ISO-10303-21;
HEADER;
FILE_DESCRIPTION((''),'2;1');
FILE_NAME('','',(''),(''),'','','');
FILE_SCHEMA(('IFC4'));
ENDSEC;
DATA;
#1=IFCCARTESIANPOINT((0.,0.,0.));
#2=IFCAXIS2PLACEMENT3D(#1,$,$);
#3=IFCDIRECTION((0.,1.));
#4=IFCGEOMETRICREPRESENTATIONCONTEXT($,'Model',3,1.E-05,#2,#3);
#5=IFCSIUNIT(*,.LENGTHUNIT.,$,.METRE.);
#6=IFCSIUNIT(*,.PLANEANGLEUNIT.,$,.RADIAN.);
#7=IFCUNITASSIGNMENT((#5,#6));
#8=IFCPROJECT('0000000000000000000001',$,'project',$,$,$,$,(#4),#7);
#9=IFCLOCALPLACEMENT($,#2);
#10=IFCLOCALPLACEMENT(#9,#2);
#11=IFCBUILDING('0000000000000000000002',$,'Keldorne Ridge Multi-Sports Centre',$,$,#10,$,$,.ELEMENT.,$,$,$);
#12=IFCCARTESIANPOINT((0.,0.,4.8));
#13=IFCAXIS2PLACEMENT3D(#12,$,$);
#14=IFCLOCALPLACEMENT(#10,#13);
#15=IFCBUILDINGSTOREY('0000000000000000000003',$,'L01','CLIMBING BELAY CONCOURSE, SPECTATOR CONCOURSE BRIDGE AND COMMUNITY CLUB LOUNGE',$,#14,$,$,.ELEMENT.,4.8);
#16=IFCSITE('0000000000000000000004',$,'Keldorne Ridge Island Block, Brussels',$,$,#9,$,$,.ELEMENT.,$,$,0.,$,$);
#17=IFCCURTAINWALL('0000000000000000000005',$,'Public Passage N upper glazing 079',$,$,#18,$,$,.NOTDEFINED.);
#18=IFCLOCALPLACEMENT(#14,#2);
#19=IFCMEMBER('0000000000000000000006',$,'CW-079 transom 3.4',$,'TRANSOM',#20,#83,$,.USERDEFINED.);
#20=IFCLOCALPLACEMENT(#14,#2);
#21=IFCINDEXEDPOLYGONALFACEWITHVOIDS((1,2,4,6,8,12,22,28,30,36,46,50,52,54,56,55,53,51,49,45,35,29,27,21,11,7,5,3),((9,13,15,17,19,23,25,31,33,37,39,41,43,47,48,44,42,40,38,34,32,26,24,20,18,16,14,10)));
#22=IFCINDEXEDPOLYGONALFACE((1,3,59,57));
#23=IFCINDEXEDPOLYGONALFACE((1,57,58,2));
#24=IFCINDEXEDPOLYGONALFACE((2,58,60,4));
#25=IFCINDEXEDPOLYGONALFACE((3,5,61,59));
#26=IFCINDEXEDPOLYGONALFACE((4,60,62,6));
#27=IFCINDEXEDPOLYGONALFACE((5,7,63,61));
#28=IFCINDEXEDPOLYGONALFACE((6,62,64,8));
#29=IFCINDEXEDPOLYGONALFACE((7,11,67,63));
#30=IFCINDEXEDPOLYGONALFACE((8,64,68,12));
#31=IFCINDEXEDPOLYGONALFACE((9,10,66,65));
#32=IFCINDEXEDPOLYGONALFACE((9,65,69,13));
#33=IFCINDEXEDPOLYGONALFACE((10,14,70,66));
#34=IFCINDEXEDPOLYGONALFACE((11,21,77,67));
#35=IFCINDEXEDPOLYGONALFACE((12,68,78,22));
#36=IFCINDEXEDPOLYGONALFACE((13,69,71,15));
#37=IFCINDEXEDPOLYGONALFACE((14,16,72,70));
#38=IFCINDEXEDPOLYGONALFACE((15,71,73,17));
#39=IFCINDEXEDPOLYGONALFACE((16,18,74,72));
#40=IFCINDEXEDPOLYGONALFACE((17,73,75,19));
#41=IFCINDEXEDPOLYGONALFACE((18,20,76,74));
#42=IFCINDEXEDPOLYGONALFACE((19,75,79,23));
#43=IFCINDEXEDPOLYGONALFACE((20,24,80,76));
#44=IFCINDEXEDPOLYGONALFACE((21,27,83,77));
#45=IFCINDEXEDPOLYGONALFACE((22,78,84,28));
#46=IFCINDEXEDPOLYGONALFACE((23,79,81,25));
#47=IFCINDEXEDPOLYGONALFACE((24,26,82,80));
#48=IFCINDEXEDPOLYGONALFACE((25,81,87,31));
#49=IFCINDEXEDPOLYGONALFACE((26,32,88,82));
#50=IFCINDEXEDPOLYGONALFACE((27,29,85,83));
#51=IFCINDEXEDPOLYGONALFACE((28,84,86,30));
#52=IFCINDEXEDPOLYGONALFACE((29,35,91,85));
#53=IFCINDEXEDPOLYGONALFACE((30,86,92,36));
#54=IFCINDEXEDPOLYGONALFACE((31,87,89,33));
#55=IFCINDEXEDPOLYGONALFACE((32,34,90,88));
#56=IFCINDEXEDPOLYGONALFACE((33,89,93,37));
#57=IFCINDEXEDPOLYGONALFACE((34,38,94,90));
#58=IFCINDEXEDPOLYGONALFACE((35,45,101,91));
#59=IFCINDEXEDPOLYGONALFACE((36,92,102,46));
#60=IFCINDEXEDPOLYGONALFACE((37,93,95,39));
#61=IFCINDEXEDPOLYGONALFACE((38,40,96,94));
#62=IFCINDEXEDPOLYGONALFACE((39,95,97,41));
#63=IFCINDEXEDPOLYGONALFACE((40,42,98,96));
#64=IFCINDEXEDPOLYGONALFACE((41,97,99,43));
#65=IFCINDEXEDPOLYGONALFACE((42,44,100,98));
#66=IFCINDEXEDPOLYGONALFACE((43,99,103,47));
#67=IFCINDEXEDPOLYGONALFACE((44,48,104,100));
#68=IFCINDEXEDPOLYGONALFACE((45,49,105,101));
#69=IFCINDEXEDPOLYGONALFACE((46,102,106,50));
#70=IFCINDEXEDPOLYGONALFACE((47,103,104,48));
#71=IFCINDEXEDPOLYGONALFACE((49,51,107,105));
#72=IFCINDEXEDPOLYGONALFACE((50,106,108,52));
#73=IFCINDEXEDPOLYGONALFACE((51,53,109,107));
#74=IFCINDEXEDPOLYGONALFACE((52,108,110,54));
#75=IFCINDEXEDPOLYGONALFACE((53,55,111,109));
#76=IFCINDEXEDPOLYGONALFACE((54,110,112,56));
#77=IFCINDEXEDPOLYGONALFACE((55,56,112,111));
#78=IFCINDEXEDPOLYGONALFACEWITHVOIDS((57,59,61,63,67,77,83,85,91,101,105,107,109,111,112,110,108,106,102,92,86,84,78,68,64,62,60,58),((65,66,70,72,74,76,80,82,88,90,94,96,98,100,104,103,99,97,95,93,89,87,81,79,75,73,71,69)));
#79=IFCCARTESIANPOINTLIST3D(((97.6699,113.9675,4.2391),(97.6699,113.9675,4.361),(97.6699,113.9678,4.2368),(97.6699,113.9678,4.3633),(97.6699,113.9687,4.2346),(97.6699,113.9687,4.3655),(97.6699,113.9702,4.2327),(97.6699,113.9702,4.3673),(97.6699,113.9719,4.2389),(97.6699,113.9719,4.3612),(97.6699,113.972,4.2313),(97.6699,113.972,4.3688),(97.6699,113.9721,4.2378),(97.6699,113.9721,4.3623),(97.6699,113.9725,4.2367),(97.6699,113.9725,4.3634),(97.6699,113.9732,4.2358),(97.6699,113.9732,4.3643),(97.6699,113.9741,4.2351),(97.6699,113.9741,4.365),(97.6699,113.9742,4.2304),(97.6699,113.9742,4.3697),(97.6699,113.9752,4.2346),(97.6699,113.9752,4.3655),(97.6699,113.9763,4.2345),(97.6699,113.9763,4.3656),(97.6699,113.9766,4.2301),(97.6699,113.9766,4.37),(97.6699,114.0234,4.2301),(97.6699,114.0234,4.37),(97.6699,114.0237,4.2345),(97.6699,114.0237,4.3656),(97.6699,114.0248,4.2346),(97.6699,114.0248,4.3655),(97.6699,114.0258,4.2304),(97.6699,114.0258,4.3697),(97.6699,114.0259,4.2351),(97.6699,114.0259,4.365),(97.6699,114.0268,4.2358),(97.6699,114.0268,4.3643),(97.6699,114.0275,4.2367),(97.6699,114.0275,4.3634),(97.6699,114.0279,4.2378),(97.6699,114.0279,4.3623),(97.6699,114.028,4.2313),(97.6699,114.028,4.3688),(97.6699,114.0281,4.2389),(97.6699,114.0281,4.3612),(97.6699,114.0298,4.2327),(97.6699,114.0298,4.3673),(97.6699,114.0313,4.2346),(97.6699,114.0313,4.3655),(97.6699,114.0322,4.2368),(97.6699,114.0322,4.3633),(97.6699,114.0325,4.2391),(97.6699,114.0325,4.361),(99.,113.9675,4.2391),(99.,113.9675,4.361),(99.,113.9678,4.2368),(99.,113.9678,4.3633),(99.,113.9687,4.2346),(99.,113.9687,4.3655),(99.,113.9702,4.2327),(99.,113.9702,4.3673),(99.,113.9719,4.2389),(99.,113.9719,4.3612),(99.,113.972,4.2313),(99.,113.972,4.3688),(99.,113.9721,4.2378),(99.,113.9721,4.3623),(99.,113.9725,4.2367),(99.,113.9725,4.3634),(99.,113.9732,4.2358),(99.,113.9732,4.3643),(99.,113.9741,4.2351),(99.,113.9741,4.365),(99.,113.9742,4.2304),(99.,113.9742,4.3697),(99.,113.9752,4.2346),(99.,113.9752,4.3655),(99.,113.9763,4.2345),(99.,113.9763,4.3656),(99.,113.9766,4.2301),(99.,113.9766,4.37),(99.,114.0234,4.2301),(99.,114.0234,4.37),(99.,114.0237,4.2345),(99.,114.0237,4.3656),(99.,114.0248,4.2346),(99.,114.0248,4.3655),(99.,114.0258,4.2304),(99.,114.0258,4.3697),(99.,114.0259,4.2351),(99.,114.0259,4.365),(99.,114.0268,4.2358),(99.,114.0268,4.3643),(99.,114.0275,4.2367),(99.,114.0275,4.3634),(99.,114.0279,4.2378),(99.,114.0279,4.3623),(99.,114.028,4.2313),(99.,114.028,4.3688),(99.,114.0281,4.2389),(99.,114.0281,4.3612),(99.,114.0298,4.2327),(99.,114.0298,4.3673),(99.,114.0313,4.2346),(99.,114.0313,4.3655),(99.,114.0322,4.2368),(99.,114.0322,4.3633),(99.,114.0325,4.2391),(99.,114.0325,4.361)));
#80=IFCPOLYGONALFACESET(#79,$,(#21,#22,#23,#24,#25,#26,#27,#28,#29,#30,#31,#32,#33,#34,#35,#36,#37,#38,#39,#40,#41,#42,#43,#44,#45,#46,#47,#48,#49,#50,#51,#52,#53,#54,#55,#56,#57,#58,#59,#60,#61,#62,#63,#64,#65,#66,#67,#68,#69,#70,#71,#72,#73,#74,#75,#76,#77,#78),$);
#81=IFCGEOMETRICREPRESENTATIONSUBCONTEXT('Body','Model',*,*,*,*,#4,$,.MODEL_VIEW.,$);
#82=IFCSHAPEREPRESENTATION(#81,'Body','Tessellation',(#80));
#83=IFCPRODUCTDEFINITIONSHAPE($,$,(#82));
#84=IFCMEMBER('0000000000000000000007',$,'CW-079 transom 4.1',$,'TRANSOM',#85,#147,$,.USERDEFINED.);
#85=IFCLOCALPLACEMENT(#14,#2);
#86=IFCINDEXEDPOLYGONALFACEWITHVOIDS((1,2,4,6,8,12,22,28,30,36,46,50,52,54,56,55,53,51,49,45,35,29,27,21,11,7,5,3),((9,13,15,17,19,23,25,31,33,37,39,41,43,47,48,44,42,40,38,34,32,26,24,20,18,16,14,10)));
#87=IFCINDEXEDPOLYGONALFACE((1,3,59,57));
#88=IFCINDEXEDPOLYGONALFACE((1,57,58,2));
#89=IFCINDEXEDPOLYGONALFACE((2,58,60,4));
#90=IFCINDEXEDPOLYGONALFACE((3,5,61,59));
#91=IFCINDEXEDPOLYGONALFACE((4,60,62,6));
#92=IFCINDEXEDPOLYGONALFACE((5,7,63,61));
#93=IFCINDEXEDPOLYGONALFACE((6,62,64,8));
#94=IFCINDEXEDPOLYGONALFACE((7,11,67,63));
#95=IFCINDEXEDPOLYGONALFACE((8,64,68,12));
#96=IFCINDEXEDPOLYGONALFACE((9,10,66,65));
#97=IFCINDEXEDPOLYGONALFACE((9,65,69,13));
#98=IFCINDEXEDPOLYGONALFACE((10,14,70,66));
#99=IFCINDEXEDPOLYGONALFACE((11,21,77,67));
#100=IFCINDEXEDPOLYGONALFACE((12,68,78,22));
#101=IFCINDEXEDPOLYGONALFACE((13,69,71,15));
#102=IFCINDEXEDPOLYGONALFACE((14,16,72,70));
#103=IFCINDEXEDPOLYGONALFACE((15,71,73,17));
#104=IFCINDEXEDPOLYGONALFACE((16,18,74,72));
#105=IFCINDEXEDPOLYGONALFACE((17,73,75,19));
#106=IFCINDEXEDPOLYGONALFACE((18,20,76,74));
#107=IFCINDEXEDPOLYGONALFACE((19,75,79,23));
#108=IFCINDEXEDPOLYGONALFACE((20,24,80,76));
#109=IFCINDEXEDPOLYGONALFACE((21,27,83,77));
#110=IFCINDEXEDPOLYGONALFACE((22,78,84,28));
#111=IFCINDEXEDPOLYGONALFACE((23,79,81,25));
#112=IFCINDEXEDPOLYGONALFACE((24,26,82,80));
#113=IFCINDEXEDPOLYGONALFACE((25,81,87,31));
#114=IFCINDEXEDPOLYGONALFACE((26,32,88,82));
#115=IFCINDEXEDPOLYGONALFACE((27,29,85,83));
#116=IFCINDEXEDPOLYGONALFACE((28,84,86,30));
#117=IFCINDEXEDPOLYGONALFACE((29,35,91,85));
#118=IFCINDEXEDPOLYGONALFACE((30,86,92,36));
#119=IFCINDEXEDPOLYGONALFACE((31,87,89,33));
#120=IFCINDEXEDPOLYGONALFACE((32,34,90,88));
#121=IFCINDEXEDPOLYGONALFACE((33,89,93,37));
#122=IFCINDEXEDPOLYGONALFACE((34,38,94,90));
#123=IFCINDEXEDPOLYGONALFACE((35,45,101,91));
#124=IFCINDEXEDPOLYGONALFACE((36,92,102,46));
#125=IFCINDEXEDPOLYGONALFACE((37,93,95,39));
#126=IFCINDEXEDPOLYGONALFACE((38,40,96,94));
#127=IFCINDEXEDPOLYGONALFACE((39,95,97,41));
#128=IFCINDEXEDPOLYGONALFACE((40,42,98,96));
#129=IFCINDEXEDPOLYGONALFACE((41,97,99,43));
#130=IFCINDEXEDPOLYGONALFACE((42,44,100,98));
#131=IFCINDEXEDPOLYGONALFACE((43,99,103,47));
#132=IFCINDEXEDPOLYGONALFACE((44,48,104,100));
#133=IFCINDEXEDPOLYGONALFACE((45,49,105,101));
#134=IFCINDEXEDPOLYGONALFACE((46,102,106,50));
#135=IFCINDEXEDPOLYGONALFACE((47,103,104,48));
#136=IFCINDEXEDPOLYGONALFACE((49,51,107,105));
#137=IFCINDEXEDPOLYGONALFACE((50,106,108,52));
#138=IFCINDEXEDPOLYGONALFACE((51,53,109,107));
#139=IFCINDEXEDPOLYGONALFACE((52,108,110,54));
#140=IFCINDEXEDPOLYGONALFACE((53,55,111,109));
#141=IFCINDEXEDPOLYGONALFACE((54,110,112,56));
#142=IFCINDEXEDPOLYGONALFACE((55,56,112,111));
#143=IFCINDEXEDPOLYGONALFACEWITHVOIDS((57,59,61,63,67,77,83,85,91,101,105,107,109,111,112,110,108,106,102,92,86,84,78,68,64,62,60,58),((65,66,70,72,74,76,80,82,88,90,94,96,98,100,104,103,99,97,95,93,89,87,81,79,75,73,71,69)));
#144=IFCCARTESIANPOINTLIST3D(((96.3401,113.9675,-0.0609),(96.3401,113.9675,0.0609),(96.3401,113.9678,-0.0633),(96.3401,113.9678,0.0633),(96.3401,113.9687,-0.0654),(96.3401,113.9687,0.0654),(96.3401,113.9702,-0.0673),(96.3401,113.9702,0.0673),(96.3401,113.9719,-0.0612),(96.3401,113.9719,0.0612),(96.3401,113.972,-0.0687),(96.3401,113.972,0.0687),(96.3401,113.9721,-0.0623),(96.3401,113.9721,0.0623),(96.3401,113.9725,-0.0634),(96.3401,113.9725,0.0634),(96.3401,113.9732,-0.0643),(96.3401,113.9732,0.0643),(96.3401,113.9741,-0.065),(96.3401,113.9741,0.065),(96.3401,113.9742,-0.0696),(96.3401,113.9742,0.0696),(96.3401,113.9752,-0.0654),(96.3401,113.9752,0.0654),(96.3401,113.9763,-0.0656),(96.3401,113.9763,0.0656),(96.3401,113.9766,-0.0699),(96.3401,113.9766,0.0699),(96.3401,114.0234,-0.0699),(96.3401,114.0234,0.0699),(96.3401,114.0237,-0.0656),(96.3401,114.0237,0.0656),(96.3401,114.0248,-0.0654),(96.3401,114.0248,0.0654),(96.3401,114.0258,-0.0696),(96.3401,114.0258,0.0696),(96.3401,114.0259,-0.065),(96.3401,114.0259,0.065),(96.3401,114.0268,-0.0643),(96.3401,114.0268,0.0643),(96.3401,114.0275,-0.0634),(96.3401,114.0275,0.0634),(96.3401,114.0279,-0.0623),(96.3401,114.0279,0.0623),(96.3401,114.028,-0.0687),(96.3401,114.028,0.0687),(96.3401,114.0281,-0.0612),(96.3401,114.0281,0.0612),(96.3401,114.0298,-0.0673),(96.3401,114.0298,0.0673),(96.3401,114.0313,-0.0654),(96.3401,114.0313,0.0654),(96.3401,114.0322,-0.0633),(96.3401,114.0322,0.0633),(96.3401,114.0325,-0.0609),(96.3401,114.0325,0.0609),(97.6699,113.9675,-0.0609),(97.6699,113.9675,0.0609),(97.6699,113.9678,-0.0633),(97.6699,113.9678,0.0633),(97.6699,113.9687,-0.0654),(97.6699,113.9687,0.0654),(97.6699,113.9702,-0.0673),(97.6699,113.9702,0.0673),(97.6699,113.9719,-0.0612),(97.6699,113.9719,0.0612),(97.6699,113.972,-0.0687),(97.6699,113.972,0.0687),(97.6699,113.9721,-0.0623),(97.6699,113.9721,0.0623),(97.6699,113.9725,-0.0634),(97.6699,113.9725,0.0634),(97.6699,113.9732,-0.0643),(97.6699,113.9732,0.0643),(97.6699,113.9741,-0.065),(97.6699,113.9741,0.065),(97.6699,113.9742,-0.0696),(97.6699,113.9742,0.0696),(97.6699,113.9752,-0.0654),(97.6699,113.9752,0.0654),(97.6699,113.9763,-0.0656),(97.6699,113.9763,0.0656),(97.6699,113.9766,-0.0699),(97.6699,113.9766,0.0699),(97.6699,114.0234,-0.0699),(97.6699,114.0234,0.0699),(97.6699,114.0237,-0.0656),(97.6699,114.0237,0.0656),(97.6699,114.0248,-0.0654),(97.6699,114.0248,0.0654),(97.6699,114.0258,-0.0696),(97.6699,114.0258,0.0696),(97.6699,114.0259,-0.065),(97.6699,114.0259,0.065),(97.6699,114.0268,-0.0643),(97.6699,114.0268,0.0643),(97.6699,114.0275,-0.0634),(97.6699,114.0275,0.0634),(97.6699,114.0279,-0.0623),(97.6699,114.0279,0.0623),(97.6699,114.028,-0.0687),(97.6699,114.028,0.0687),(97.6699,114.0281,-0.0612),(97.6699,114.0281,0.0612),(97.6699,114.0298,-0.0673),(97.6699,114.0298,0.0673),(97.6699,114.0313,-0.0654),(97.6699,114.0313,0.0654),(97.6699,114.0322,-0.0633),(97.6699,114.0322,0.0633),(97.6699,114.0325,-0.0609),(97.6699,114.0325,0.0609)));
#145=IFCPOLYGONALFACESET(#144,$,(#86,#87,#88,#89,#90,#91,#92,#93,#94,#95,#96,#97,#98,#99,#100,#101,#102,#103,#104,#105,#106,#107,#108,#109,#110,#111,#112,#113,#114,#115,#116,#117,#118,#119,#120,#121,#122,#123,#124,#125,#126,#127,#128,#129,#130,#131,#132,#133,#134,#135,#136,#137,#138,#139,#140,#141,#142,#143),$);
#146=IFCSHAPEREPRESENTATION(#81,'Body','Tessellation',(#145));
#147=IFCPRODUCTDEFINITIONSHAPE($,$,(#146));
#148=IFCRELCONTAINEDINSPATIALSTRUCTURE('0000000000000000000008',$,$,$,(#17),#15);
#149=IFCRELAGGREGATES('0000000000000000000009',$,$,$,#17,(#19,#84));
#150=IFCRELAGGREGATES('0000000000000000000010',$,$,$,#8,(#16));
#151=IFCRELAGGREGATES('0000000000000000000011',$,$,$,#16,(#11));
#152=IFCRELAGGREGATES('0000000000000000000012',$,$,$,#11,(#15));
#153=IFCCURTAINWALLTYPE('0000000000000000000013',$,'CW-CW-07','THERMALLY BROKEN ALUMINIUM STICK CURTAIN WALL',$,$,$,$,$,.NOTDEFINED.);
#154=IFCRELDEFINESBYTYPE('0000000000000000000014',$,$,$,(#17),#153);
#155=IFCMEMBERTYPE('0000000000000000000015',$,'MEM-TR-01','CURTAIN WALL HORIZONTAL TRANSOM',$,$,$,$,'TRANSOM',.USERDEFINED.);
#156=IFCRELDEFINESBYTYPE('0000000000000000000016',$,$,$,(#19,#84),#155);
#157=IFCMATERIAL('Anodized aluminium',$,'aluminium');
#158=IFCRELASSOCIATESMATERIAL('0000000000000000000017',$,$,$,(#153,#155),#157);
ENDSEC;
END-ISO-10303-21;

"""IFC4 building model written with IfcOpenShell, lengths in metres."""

from ifc_helpers import new_model, si_unit, direction, frame, origin, origin_2d, place, context, subcontext, project, spatial, hollow_rectangle, extrude, material, material_profile, profile_set, type_object, element, aggregate, save


model = new_model("IFC4")

# Units and contexts
model_context = context("Model", 3, precision=1e-05, world=origin(), true_north=direction((0.0, 1.0)))
body_context = subcontext(model_context, "Body", "Model", "MODEL_VIEW")
ifc_project = project(units=[si_unit("LENGTHUNIT", "METRE"), si_unit("PLANEANGLEUNIT", "RADIAN")], contexts=[model_context])

# Site, building, storey
site_placement = place(None, origin())
site = spatial("IfcSite", under=ifc_project, at=site_placement, Name="Keldorne Ridge Island Block, Brussels", CompositionType="ELEMENT", RefElevation=0.0)
building_placement = place(site_placement, origin())
building = spatial("IfcBuilding", under=site, at=building_placement, Name="Keldorne Ridge Multi-Sports Centre", CompositionType="ELEMENT")
storey_placement = place(building_placement, frame((0.0, 0.0, 4.8)))
storey = spatial("IfcBuildingStorey", under=building, at=storey_placement, Name="L01", Description="CLIMBING BELAY CONCOURSE, SPECTATOR CONCOURSE BRIDGE AND COMMUNITY CLUB LOUNGE", CompositionType="ELEMENT", Elevation=4.8)

# Curtain wall, members
ifc_material_1 = material(Name="Anodized aluminium", Category="aluminium")
curtain_wall_type = type_object("IfcCurtainWallType", Name="CW-CW-07", Description="THERMALLY BROKEN ALUMINIUM STICK CURTAIN WALL", PredefinedType="NOTDEFINED", material=ifc_material_1)
curtain_wall_placement = place(storey_placement, origin())
curtain_wall = element("IfcCurtainWall", 1, at=curtain_wall_placement, inside=storey, type_object=curtain_wall_type, Name="Public Passage N upper glazing 079", PredefinedType="NOTDEFINED")
ifc_material_profile_1 = material_profile(ifc_material_1, hollow_rectangle(XDim=0.0649, YDim=0.1399, WallThickness=0.0044, InnerFilletRadius=0.0044, OuterFilletRadius=0.009, at=origin_2d()), Name="ALU TRANSOM 140x65x4.5")
ifc_profile_set_1 = profile_set([ifc_material_profile_1], Name="Anodized aluminium")
member_type_1 = type_object("IfcMemberType", Name="MEM-TR-01", Description="CURTAIN WALL HORIZONTAL TRANSOM", ElementType="TRANSOM", PredefinedType="USERDEFINED", material=ifc_profile_set_1)
member_1_placement = place(storey_placement, frame((99.0, 114.0, 4.3), z_axis=(-1.0, 0.0, 0.0), x_axis=(0.0, -1.0, 0.0)))
member_1 = element("IfcMember", 2, at=member_1_placement, type_object=member_type_1, Name="CW-079 transom 3.4", ObjectType="TRANSOM", PredefinedType="USERDEFINED", context=body_context, shape_type="SweptSolid", body=[
    extrude(hollow_rectangle(XDim=0.0649, YDim=0.1399, WallThickness=0.0044, InnerFilletRadius=0.0044, OuterFilletRadius=0.009, at=origin_2d()), origin(), (0.0, 0.0, 1.0), 1.3301),
])
member_2_placement = place(storey_placement, frame((97.6699, 114.0, 0.0), z_axis=(-1.0, 0.0, 0.0), x_axis=(0.0, -1.0, 0.0)))
member_2 = element("IfcMember", 3, at=member_2_placement, type_object=member_type_1, Name="CW-079 transom 4.1", ObjectType="TRANSOM", PredefinedType="USERDEFINED", context=body_context, shape_type="SweptSolid", body=[
    extrude(hollow_rectangle(XDim=0.0649, YDim=0.1399, WallThickness=0.0044, InnerFilletRadius=0.0044, OuterFilletRadius=0.009, at=origin_2d()), origin(), (0.0, 0.0, 1.0), 1.3298),
])
aggregate(curtain_wall, [member_1, member_2])

save(model, "model.ifc")
